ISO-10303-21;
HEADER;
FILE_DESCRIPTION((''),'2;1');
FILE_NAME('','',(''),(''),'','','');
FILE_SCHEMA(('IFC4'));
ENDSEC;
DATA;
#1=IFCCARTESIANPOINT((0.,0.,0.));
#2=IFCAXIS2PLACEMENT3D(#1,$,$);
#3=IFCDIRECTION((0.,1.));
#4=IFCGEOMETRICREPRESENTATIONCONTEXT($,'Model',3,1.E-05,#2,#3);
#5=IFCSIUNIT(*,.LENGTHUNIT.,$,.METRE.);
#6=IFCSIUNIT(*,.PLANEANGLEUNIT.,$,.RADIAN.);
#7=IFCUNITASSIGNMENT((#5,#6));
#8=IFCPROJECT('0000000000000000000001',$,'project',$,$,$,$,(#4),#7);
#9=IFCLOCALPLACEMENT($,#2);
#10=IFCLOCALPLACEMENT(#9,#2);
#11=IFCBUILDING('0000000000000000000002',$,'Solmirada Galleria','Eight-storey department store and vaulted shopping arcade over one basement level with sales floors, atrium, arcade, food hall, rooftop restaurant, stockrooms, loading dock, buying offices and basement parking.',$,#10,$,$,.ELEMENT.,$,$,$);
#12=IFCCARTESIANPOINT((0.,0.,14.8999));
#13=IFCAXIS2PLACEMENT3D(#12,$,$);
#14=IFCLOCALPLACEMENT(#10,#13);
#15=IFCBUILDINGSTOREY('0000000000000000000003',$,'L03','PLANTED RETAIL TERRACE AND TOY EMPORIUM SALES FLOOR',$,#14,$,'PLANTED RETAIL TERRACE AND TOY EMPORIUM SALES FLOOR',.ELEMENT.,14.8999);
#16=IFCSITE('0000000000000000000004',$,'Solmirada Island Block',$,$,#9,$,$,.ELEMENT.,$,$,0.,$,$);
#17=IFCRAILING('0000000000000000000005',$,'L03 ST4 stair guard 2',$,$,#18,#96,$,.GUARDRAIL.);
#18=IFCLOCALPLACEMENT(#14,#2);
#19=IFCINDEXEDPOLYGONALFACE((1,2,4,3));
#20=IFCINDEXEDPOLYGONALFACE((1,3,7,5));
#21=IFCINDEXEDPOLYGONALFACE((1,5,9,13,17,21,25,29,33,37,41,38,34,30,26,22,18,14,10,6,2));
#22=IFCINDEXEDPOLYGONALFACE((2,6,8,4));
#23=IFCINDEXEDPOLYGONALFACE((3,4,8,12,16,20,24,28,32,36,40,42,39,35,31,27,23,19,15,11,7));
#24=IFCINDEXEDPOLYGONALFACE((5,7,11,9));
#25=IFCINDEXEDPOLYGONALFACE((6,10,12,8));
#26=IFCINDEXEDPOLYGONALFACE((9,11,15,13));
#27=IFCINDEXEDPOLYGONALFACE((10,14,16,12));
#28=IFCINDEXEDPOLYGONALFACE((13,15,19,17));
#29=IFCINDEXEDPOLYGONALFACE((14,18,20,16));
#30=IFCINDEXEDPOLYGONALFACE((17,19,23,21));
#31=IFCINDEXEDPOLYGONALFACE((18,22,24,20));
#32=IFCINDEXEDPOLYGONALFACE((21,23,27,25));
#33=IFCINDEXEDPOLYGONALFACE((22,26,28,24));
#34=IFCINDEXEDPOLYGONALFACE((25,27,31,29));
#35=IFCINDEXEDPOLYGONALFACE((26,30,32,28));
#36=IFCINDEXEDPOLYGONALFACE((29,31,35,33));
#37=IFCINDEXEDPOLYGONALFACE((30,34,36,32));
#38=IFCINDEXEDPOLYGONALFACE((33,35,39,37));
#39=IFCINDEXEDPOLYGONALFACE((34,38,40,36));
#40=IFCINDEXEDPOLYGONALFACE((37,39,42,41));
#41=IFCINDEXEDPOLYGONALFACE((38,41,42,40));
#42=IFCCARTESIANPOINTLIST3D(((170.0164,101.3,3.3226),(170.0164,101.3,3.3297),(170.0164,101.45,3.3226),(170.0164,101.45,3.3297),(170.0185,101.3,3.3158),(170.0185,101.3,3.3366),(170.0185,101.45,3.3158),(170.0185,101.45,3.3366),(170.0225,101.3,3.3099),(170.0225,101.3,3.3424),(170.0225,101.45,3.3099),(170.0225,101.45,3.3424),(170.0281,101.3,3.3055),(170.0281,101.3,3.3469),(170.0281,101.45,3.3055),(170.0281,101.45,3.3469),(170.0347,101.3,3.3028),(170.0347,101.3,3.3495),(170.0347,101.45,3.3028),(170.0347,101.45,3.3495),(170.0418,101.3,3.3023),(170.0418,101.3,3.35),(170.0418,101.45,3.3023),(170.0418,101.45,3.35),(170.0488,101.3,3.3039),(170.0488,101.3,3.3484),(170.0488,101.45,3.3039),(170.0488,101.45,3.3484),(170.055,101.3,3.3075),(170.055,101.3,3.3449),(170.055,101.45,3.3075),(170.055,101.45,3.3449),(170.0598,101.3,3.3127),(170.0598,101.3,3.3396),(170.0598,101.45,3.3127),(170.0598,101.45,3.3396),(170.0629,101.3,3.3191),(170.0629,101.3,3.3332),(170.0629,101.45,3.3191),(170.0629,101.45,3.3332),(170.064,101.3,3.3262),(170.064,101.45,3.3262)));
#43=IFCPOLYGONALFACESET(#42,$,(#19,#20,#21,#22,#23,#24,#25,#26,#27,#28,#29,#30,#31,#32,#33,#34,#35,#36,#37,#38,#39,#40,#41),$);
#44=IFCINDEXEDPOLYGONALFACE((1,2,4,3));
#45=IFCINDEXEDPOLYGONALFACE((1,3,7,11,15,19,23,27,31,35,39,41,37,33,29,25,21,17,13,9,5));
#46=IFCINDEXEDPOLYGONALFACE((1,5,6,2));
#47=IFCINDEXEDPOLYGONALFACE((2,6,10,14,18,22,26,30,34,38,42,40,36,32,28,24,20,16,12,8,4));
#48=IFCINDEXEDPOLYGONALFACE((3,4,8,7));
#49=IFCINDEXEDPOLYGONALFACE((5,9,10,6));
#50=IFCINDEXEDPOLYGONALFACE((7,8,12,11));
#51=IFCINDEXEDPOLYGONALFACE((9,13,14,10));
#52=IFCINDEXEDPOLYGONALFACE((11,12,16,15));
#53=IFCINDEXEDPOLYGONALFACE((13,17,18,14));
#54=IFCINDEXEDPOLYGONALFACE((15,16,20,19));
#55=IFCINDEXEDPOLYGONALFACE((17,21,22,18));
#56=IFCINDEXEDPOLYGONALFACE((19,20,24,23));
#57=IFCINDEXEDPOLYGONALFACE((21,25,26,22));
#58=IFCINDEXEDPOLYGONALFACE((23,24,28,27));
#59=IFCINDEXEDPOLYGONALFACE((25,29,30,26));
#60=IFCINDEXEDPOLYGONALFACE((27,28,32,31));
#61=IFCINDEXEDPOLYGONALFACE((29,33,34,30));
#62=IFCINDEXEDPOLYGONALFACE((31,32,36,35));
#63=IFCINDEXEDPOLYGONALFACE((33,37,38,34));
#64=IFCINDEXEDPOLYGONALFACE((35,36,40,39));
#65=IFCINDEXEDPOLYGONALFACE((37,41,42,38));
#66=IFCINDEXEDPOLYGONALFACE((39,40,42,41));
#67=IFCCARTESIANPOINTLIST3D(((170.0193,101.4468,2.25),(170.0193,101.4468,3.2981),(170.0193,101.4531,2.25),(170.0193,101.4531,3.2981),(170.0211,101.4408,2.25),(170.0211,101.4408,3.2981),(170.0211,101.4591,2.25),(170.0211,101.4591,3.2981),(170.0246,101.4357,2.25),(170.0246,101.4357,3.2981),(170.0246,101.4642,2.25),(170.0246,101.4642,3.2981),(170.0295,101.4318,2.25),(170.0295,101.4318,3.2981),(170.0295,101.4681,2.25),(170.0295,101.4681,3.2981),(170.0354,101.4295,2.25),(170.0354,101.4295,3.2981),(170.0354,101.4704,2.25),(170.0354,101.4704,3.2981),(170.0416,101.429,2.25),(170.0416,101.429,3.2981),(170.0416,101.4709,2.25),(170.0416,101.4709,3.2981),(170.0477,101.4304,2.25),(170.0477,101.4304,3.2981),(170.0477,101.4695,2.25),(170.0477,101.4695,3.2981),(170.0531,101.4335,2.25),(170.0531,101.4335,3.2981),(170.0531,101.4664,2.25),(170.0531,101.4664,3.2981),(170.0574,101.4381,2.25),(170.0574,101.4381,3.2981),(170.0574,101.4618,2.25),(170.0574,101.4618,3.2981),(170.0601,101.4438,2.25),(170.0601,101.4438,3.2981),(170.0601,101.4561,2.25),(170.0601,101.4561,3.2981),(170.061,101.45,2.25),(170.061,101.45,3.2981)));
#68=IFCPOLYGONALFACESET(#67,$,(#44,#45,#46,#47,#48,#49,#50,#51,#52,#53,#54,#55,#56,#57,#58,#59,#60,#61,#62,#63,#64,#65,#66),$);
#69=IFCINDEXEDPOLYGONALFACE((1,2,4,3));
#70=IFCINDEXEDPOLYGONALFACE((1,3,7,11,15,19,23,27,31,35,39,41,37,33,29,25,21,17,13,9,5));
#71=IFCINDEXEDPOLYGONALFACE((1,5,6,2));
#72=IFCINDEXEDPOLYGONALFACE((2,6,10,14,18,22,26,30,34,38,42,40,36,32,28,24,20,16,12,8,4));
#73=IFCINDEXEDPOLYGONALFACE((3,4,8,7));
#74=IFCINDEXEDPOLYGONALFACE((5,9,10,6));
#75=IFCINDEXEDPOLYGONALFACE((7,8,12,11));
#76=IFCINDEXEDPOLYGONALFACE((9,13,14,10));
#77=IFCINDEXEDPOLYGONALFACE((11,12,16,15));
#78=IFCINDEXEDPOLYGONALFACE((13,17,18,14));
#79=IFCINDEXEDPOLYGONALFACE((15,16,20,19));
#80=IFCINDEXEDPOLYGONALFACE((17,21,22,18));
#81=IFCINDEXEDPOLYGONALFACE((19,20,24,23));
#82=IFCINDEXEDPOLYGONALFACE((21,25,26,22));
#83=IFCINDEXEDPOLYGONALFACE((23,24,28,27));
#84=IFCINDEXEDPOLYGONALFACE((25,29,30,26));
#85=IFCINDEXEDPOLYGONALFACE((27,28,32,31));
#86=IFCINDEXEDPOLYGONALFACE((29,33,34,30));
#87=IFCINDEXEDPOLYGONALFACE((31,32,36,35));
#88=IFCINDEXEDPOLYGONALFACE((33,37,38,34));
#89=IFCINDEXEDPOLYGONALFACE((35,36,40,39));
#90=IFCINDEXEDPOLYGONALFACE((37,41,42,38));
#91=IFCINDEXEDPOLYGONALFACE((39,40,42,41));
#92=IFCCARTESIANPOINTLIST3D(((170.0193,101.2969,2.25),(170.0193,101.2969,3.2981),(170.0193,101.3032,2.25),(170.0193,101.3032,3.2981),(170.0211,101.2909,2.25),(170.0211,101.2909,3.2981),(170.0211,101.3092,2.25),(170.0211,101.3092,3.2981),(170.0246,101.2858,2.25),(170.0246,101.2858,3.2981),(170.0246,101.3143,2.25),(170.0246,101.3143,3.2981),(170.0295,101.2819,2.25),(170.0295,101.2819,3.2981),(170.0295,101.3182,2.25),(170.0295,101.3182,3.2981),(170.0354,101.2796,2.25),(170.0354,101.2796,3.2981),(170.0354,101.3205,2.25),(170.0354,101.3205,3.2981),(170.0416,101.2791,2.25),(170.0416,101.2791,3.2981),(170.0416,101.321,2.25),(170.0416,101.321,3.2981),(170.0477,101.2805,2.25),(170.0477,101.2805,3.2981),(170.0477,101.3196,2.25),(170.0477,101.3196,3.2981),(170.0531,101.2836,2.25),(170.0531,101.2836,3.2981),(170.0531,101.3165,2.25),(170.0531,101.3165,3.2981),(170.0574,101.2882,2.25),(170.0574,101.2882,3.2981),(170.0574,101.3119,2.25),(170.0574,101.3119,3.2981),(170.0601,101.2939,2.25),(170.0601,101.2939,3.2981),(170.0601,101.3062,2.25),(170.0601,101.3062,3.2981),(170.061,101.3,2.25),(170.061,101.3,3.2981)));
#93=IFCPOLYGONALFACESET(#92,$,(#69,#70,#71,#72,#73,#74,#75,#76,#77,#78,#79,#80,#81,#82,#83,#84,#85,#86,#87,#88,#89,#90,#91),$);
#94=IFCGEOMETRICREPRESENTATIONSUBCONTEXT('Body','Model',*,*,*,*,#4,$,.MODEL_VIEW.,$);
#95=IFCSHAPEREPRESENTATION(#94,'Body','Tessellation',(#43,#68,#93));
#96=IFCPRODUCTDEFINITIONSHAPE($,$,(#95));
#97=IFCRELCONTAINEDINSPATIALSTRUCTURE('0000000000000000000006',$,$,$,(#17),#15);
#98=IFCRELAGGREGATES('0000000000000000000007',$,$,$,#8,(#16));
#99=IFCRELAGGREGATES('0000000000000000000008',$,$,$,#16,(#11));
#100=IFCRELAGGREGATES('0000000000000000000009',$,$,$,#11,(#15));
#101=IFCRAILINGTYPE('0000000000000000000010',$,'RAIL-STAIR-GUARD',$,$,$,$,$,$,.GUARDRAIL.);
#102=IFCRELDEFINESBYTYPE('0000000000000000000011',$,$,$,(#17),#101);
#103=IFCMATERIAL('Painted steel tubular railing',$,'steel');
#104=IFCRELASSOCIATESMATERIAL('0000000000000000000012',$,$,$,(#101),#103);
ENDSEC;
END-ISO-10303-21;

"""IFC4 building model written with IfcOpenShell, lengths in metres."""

from ifc_helpers import new_model, si_unit, direction, frame, origin, origin_2d, place, context, subcontext, project, spatial, circle, extrude, material, type_object, element, save


model = new_model("IFC4")

# Units and contexts
model_context = context("Model", 3, precision=1e-05, world=origin(), true_north=direction((0.0, 1.0)))
body_context = subcontext(model_context, "Body", "Model", "MODEL_VIEW")
ifc_project = project(units=[si_unit("LENGTHUNIT", "METRE"), si_unit("PLANEANGLEUNIT", "RADIAN")], contexts=[model_context])

# Site, building, storey
site_placement = place(None, origin())
site = spatial("IfcSite", under=ifc_project, at=site_placement, Name="Solmirada Island Block", CompositionType="ELEMENT", RefElevation=0.0)
building_placement = place(site_placement, origin())
building = spatial("IfcBuilding", under=site, at=building_placement, Name="Solmirada Galleria", Description="Eight-storey department store and vaulted shopping arcade over one basement level with sales floors, atrium, arcade, food hall, rooftop restaurant, stockrooms, loading dock, buying offices and basement parking.", CompositionType="ELEMENT")
storey_placement = place(building_placement, frame((0.0, 0.0, 14.8999)))
storey = spatial("IfcBuildingStorey", under=building, at=storey_placement, Name="L03", Description="PLANTED RETAIL TERRACE AND TOY EMPORIUM SALES FLOOR", LongName="PLANTED RETAIL TERRACE AND TOY EMPORIUM SALES FLOOR", CompositionType="ELEMENT", Elevation=14.8999)

# Railing
ifc_material_1 = material(Name="Painted steel tubular railing", Category="steel")
railing_type_1 = type_object("IfcRailingType", Name="RAIL-STAIR-GUARD", PredefinedType="GUARDRAIL", material=ifc_material_1)
railing_1_placement = place(storey_placement, frame((170.04, 101.45, 2.25)))
element("IfcRailing", 1, at=railing_1_placement, inside=storey, type_object=railing_type_1, Name="L03 ST4 stair guard 2", PredefinedType="GUARDRAIL", context=body_context, shape_type="SweptSolid", body=[
    extrude(circle(Radius=0.0239, at=origin_2d()), frame((0.0, 0.0, 1.0762), z_axis=(0.0, -1.0, 0.0), x_axis=(1.0, 0.0, 0.0)), (0.0, 0.0, 1.0), 0.1499),
    extrude(circle(Radius=0.021, at=origin_2d()), origin(), (0.0, 0.0, 1.0), 1.0481),
    extrude(circle(Radius=0.021, at=origin_2d()), frame((0.0, -0.1499, 0.0)), (0.0, 0.0, 1.0), 1.0481),
])

save(model, "model.ifc")
